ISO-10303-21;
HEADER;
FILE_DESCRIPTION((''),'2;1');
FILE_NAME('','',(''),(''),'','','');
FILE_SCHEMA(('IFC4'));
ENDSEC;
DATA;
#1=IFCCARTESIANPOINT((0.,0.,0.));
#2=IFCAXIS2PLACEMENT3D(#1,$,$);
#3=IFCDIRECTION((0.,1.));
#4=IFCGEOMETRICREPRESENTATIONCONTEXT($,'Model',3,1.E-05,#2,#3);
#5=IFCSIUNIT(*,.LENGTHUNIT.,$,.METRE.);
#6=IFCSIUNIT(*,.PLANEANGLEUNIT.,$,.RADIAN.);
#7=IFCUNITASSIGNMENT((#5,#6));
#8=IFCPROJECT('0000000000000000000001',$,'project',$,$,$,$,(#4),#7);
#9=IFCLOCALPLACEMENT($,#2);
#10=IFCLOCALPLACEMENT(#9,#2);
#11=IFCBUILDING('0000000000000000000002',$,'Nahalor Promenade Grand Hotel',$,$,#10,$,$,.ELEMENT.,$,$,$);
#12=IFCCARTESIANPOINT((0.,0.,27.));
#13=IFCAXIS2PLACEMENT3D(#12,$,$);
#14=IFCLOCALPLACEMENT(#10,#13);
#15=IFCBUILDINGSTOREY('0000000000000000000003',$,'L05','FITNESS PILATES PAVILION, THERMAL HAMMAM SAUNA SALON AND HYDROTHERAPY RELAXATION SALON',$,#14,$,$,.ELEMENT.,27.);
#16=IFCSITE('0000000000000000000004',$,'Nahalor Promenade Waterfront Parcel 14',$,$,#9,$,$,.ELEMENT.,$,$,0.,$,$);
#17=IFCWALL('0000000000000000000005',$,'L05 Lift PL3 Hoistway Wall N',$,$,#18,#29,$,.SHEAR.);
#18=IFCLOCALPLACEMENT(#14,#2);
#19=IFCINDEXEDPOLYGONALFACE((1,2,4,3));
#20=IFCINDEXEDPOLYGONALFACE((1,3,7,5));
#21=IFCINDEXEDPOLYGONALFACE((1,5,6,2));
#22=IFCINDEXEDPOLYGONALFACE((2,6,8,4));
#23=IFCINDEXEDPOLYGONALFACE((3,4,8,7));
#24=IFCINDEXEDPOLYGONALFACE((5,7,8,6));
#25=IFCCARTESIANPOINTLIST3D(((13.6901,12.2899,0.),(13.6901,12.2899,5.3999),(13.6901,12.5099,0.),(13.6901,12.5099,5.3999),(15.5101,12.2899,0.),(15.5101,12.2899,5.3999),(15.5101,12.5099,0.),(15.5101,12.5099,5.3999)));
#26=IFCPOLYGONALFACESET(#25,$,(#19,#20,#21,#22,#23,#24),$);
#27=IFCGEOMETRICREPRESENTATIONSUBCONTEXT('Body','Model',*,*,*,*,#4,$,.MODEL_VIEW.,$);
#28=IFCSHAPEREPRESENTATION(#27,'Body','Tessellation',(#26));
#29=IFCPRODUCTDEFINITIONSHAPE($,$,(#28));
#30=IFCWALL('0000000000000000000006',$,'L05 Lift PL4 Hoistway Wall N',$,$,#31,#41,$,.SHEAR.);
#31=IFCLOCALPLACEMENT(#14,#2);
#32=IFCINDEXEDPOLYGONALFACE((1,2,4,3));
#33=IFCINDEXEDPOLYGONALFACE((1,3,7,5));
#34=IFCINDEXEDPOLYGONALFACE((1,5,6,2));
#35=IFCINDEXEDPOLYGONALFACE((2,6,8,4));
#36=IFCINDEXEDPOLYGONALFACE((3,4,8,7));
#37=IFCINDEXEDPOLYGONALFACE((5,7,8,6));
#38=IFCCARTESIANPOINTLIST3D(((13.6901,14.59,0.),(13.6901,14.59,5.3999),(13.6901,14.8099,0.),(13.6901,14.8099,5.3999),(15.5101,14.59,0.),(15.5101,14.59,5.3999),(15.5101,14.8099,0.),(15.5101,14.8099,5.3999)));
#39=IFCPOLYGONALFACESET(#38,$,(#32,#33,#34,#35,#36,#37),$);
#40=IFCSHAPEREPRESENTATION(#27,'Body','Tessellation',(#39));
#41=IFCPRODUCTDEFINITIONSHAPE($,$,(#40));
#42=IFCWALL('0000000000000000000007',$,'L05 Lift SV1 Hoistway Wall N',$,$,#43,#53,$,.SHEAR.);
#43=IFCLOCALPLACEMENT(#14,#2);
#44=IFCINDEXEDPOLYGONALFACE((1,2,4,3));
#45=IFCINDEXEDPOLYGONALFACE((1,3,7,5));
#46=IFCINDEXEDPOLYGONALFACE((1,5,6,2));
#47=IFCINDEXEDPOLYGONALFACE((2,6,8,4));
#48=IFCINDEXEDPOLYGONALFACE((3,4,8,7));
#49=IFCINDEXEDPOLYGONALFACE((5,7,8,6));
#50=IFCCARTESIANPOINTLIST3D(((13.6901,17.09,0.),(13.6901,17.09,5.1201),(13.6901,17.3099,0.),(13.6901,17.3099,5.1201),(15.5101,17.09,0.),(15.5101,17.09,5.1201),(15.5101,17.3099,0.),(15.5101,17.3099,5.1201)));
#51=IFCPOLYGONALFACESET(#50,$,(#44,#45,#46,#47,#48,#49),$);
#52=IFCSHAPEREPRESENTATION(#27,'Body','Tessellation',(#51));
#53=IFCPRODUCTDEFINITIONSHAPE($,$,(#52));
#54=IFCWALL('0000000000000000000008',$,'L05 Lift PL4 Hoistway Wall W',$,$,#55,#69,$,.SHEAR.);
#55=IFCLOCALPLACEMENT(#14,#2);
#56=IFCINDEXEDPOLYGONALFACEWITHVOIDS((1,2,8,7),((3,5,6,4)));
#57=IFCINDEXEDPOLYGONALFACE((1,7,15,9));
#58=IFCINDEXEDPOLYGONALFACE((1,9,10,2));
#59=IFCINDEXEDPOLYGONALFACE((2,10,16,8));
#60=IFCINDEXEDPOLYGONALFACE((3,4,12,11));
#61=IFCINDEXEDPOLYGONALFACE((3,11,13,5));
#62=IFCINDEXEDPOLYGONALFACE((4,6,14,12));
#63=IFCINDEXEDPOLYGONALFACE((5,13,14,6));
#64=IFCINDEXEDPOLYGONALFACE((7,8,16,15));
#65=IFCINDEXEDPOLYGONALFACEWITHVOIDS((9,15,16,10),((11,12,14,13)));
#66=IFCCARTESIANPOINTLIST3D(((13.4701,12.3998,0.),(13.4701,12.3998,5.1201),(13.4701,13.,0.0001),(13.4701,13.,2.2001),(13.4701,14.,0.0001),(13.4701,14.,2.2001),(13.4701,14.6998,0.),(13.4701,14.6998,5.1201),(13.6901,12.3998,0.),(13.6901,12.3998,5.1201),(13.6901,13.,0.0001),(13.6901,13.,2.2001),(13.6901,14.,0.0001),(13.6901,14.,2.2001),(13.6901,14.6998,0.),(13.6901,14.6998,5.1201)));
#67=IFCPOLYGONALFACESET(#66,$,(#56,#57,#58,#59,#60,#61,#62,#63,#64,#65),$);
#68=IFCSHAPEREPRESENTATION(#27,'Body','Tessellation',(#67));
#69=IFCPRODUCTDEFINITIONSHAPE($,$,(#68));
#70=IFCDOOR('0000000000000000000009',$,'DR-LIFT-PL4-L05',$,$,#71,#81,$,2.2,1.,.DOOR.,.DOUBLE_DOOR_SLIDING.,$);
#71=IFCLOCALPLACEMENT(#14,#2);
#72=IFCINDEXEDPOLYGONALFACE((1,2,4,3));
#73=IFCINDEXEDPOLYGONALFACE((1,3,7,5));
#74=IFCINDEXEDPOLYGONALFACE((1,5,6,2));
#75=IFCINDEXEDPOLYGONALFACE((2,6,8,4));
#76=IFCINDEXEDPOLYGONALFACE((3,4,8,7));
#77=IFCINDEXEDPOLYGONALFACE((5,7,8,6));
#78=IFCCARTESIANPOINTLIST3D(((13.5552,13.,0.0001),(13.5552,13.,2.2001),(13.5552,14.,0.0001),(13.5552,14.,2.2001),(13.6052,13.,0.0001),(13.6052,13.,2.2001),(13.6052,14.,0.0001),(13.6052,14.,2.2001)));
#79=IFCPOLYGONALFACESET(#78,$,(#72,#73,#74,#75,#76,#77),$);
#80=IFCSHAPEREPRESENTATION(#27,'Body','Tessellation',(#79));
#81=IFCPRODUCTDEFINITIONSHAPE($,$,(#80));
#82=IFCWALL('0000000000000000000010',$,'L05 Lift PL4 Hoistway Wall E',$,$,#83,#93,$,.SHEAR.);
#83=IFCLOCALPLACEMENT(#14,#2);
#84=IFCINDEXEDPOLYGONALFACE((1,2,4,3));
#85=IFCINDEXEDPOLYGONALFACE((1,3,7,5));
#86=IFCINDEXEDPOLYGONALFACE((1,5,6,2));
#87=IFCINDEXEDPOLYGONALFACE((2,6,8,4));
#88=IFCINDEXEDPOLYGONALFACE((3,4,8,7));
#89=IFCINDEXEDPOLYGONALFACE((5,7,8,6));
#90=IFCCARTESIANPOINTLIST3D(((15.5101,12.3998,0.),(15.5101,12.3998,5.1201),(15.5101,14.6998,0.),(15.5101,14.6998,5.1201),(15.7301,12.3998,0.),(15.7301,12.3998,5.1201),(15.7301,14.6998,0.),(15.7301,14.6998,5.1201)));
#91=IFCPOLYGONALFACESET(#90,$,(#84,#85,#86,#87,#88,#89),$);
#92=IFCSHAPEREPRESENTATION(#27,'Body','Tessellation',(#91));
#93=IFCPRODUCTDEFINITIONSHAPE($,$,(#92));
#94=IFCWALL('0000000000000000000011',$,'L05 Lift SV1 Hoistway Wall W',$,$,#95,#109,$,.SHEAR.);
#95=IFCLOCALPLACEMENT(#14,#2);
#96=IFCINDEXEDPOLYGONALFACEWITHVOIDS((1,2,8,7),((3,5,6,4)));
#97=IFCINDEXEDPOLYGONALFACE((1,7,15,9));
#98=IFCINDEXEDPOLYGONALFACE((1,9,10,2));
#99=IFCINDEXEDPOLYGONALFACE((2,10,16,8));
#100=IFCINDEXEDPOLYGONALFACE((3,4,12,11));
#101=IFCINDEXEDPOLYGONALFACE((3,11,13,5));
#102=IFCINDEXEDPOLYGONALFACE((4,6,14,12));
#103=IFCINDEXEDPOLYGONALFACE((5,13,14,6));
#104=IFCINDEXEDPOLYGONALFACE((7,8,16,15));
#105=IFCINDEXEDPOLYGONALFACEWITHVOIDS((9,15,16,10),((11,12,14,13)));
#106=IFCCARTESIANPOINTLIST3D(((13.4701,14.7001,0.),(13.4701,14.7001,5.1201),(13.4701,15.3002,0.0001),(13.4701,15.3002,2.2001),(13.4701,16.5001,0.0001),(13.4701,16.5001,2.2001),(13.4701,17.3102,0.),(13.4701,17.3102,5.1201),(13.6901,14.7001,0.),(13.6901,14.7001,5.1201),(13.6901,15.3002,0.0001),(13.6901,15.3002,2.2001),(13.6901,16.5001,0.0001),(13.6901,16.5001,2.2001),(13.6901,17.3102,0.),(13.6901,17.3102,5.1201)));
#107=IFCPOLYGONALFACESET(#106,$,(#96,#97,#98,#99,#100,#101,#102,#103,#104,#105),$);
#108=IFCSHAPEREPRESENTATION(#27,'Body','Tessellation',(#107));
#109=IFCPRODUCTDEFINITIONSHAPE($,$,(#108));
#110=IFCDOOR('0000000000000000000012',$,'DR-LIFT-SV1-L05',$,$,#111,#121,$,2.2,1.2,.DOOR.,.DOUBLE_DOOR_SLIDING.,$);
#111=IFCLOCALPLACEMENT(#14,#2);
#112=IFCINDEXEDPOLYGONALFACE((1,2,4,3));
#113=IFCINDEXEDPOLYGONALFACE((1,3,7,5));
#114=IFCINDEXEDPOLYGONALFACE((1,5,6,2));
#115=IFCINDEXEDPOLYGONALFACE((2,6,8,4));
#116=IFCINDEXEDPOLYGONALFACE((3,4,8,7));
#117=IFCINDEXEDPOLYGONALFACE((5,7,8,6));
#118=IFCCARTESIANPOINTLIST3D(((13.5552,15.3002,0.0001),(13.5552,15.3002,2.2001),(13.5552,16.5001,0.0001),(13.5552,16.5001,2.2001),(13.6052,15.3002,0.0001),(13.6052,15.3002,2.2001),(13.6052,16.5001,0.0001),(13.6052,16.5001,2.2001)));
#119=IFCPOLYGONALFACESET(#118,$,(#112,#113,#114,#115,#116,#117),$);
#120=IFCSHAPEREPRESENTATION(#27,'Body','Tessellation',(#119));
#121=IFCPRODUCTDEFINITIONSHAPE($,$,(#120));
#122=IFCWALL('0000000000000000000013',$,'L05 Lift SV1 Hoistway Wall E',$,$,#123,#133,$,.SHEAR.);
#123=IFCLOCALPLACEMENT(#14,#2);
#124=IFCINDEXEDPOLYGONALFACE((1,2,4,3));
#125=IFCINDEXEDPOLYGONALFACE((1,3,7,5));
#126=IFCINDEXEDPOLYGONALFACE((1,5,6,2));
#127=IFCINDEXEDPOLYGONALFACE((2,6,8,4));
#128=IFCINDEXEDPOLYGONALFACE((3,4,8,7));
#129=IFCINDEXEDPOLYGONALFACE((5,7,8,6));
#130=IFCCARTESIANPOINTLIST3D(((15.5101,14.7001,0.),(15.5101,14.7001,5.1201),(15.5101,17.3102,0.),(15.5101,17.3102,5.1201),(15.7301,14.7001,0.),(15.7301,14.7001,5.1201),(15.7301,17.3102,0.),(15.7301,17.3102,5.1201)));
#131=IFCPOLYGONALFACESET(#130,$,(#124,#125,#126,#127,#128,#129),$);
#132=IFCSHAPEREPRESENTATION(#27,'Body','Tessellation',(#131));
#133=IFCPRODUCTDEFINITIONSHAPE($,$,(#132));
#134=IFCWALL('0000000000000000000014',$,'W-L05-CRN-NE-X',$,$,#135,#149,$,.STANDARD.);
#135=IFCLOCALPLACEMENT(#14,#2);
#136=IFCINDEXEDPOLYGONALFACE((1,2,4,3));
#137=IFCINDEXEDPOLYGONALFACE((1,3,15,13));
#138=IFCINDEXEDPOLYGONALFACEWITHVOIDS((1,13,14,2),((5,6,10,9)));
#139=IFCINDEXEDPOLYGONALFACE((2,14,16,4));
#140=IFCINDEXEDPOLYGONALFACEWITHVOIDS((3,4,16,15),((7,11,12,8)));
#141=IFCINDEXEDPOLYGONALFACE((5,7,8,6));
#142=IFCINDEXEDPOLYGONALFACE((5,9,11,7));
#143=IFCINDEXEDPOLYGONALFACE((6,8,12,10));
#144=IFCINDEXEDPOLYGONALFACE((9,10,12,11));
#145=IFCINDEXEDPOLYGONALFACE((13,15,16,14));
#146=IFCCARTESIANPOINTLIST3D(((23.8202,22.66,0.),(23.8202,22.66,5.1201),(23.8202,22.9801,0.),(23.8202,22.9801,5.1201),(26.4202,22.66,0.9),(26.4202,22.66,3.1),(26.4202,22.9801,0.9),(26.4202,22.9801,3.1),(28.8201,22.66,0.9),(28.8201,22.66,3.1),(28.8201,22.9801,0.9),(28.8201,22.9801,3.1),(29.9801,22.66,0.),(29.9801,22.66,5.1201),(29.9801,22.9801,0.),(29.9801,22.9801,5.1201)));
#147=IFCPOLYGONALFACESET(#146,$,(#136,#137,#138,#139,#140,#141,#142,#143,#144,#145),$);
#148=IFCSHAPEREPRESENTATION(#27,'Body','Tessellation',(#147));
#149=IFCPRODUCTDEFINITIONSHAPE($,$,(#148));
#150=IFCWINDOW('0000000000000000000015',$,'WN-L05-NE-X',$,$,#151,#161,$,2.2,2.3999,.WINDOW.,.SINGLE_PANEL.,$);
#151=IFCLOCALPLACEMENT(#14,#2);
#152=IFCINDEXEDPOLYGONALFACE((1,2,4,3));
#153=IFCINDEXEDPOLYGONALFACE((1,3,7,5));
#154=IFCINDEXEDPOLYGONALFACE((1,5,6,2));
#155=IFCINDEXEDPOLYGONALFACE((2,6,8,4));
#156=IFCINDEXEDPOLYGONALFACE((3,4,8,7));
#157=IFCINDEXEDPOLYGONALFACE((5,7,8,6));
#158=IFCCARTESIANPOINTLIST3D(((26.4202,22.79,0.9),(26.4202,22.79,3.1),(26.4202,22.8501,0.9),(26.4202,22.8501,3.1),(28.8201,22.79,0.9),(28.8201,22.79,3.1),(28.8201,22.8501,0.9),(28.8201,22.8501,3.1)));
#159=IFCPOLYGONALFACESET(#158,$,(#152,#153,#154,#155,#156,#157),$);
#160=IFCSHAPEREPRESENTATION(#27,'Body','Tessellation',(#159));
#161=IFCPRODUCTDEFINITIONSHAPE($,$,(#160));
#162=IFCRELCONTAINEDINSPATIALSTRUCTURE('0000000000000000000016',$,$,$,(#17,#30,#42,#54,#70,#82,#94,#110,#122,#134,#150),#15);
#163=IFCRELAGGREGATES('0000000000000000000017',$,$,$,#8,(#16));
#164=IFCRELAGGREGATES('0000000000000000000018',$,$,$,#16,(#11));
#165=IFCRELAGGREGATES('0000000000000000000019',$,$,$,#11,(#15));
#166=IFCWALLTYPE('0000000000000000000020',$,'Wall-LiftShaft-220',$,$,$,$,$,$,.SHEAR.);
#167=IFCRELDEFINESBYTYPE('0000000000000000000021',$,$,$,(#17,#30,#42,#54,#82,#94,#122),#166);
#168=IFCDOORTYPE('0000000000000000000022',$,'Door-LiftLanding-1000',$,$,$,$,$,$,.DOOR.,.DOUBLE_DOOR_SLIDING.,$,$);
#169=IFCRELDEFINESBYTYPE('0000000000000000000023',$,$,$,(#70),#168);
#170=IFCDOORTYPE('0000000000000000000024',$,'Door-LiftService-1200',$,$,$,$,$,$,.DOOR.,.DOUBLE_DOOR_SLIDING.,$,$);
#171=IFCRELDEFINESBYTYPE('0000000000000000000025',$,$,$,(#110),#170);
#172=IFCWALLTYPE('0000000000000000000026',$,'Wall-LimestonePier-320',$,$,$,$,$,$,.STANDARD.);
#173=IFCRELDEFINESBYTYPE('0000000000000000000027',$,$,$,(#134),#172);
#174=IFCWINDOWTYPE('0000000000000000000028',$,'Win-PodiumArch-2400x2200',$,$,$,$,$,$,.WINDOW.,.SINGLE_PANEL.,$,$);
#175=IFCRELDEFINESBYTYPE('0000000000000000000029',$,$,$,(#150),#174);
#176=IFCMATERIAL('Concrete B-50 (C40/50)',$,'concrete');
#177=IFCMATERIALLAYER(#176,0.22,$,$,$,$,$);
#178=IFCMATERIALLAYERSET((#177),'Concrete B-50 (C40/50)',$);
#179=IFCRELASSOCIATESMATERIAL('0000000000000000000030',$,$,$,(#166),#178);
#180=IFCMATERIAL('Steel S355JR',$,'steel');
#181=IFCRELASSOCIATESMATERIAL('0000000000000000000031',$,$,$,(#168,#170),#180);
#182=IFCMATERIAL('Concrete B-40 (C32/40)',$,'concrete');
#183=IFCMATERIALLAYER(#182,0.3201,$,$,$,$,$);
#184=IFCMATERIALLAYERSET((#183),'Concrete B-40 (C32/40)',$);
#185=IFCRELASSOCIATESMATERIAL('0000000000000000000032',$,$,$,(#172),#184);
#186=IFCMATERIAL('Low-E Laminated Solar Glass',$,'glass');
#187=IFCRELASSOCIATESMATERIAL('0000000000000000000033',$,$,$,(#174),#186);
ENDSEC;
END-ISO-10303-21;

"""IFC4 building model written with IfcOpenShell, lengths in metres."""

from ifc_helpers import new_model, si_unit, direction, frame, frame_2d, origin, place, context, subcontext, project, spatial, rectangle, extrude, source, transform, mapped, material, layer, layer_set, type_object, element, fill, save


model = new_model("IFC4")

# Units and contexts
model_context = context("Model", 3, precision=1e-05, world=origin(), true_north=direction((0.0, 1.0)))
body_context = subcontext(model_context, "Body", "Model", "MODEL_VIEW")
ifc_project = project(units=[si_unit("LENGTHUNIT", "METRE"), si_unit("PLANEANGLEUNIT", "RADIAN")], contexts=[model_context])

# Site, building, storey
site_placement = place(None, origin())
site = spatial("IfcSite", under=ifc_project, at=site_placement, Name="Nahalor Promenade Waterfront Parcel 14", CompositionType="ELEMENT", RefElevation=0.0)
building_placement = place(site_placement, origin())
building = spatial("IfcBuilding", under=site, at=building_placement, Name="Nahalor Promenade Grand Hotel", CompositionType="ELEMENT")
storey_placement = place(building_placement, frame((0.0, 0.0, 27.0)))
storey = spatial("IfcBuildingStorey", under=building, at=storey_placement, Name="L05", Description="FITNESS PILATES PAVILION, THERMAL HAMMAM SAUNA SALON AND HYDROTHERAPY RELAXATION SALON", CompositionType="ELEMENT", Elevation=27.0)

# Shared definitions
ifc_material_1 = material(Name="Steel S355JR", Category="steel")

# Shared definitions
ifc_material_2 = material(Name="Low-E Laminated Solar Glass", Category="glass")

# Walls
ifc_material_3 = material(Name="Concrete B-50 (C40/50)", Category="concrete")
ifc_layer_1 = layer(ifc_material_3, 0.22)
ifc_layer_set_1 = layer_set([ifc_layer_1], Name="Concrete B-50 (C40/50)")
wall_type_1 = type_object("IfcWallType", Name="Wall-LiftShaft-220", PredefinedType="SHEAR", material=ifc_layer_set_1)
shared_shape_1 = source(origin(), body_context, "Body", "SweptSolid", [
    extrude(rectangle(XDim=1.8201, YDim=0.22, at=frame_2d((0.9102, 0.0))), origin(), (0.0, 0.0, 1.0), 5.3999),
])
for number, where, z_axis, x_axis, name in (
    (1, (13.6899, 12.3999, 0.0), (0.0, 0.0, 1.0), (1.0, 0.0, 0.0), "L05 Lift PL3 Hoistway Wall N"),
    (2, (13.6899, 14.7, 0.0), (0.0, 0.0, 1.0), (1.0, 0.0, 0.0), "L05 Lift PL4 Hoistway Wall N"),
):
    element("IfcWall", number, at=place(storey_placement, frame(where, z_axis=z_axis, x_axis=x_axis)), inside=storey, type_object=wall_type_1, Name=name, PredefinedType="SHEAR", context=body_context, shape_type="MappedRepresentation", body=[
        mapped(shared_shape_1, transform((0.0, 0.0, 0.0), scale=1.0)),
    ])
shared_shape_2 = source(origin(), body_context, "Body", "SweptSolid", [
    extrude(rectangle(XDim=1.8201, YDim=0.22, at=frame_2d((0.9102, 0.0))), origin(), (0.0, 0.0, 1.0), 5.1201),
])
wall_1_placement = place(storey_placement, frame((13.6899, 17.2, 0.0), z_axis=(0.0, 0.0, 1.0), x_axis=(1.0, 0.0, 0.0)))
element("IfcWall", 3, at=wall_1_placement, inside=storey, type_object=wall_type_1, Name="L05 Lift SV1 Hoistway Wall N", PredefinedType="SHEAR", context=body_context, shape_type="MappedRepresentation", body=[
    mapped(shared_shape_2, transform((0.0, 0.0, 0.0), scale=1.0)),
])

# Wall, opening, door
shared_shape_3 = source(origin(), body_context, "Body", "SweptSolid", [
    extrude(rectangle(XDim=2.3, YDim=0.22, at=frame_2d((1.1499, 0.0))), origin(), (0.0, 0.0, 1.0), 5.1201),
])
wall_2_placement = place(storey_placement, frame((13.5801, 12.3999, 0.0), z_axis=(0.0, 0.0, 1.0), x_axis=(0.0, 1.0, 0.0)))
wall_2 = element("IfcWall", 4, at=wall_2_placement, inside=storey, type_object=wall_type_1, Name="L05 Lift PL4 Hoistway Wall W", PredefinedType="SHEAR", context=body_context, shape_type="MappedRepresentation", body=[
    mapped(shared_shape_3, transform((0.0, 0.0, 0.0), scale=1.0)),
])
opening_1_placement = place(wall_2_placement, frame((0.6001, 0.0, 0.0)))
opening_1 = element("IfcOpeningElement", 5, at=opening_1_placement, cuts=wall_2, PredefinedType="OPENING", context=body_context, shape_type="SweptSolid", body=[
    extrude(rectangle(XDim=1.0, YDim=2.2, at=frame_2d((0.5, 1.1001))), frame((0.0, 0.1199, 0.0), z_axis=(0.0, -1.0, 0.0), x_axis=(1.0, 0.0, 0.0)), (0.0, 0.0, 1.0), 0.24),
])
door_type_1 = type_object("IfcDoorType", Name="Door-LiftLanding-1000", OperationType="DOUBLE_DOOR_SLIDING", PredefinedType="DOOR", material=ifc_material_1)
shared_shape_4 = source(origin(), body_context, "Body", "SweptSolid", [
    extrude(rectangle(XDim=1.0, YDim=2.2, at=frame_2d((0.5, 1.1001))), frame((0.0, 0.0249, 0.0), z_axis=(0.0, -1.0, 0.0), x_axis=(1.0, 0.0, 0.0)), (0.0, 0.0, 1.0), 0.05),
])
door_1_placement = place(opening_1_placement, origin())
door_1 = element("IfcDoor", 6, at=door_1_placement, inside=storey, type_object=door_type_1, Name="DR-LIFT-PL4-L05", OperationType="DOUBLE_DOOR_SLIDING", OverallHeight=2.2, OverallWidth=1.0, PredefinedType="DOOR", context=body_context, shape_type="MappedRepresentation", body=[
    mapped(shared_shape_4, transform((0.0, 0.0, 0.0), scale=1.0)),
])
fill(opening_1, door_1)

# Wall
wall_3_placement = place(storey_placement, frame((15.6201, 12.3999, 0.0), z_axis=(0.0, 0.0, 1.0), x_axis=(0.0, 1.0, 0.0)))
element("IfcWall", 7, at=wall_3_placement, inside=storey, type_object=wall_type_1, Name="L05 Lift PL4 Hoistway Wall E", PredefinedType="SHEAR", context=body_context, shape_type="MappedRepresentation", body=[
    mapped(shared_shape_3, transform((0.0, 0.0, 0.0), scale=1.0)),
])

# Wall, opening, door
shared_shape_5 = source(origin(), body_context, "Body", "SweptSolid", [
    extrude(rectangle(XDim=2.6101, YDim=0.22, at=frame_2d((1.3052, 0.0))), origin(), (0.0, 0.0, 1.0), 5.1201),
])
wall_4_placement = place(storey_placement, frame((13.5801, 14.7, 0.0), z_axis=(0.0, 0.0, 1.0), x_axis=(0.0, 1.0, 0.0)))
wall_4 = element("IfcWall", 8, at=wall_4_placement, inside=storey, type_object=wall_type_1, Name="L05 Lift SV1 Hoistway Wall W", PredefinedType="SHEAR", context=body_context, shape_type="MappedRepresentation", body=[
    mapped(shared_shape_5, transform((0.0, 0.0, 0.0), scale=1.0)),
])
opening_2_placement = place(wall_4_placement, frame((0.6001, 0.0, 0.0)))
opening_2 = element("IfcOpeningElement", 9, at=opening_2_placement, cuts=wall_4, PredefinedType="OPENING", context=body_context, shape_type="SweptSolid", body=[
    extrude(rectangle(XDim=1.2, YDim=2.2, at=frame_2d((0.6001, 1.1001))), frame((0.0, 0.1199, 0.0), z_axis=(0.0, -1.0, 0.0), x_axis=(1.0, 0.0, 0.0)), (0.0, 0.0, 1.0), 0.24),
])
door_type_2 = type_object("IfcDoorType", Name="Door-LiftService-1200", OperationType="DOUBLE_DOOR_SLIDING", PredefinedType="DOOR", material=ifc_material_1)
shared_shape_6 = source(origin(), body_context, "Body", "SweptSolid", [
    extrude(rectangle(XDim=1.2, YDim=2.2, at=frame_2d((0.6001, 1.1001))), frame((0.0, 0.0249, 0.0), z_axis=(0.0, -1.0, 0.0), x_axis=(1.0, 0.0, 0.0)), (0.0, 0.0, 1.0), 0.05),
])
door_2_placement = place(opening_2_placement, origin())
door_2 = element("IfcDoor", 10, at=door_2_placement, inside=storey, type_object=door_type_2, Name="DR-LIFT-SV1-L05", OperationType="DOUBLE_DOOR_SLIDING", OverallHeight=2.2, OverallWidth=1.2, PredefinedType="DOOR", context=body_context, shape_type="MappedRepresentation", body=[
    mapped(shared_shape_6, transform((0.0, 0.0, 0.0), scale=1.0)),
])
fill(opening_2, door_2)

# Wall
wall_5_placement = place(storey_placement, frame((15.6201, 14.7, 0.0), z_axis=(0.0, 0.0, 1.0), x_axis=(0.0, 1.0, 0.0)))
element("IfcWall", 11, at=wall_5_placement, inside=storey, type_object=wall_type_1, Name="L05 Lift SV1 Hoistway Wall E", PredefinedType="SHEAR", context=body_context, shape_type="MappedRepresentation", body=[
    mapped(shared_shape_5, transform((0.0, 0.0, 0.0), scale=1.0)),
])

# Wall, opening, window
ifc_material_4 = material(Name="Concrete B-40 (C32/40)", Category="concrete")
ifc_layer_2 = layer(ifc_material_4, 0.3201)
ifc_layer_set_2 = layer_set([ifc_layer_2], Name="Concrete B-40 (C32/40)")
wall_type_2 = type_object("IfcWallType", Name="Wall-LimestonePier-320", PredefinedType="STANDARD", material=ifc_layer_set_2)
shared_shape_7 = source(origin(), body_context, "Body", "SweptSolid", [
    extrude(rectangle(XDim=6.1599, YDim=0.3201, at=frame_2d((3.0801, 0.0))), origin(), (0.0, 0.0, 1.0), 5.1201),
])
wall_6_placement = place(storey_placement, frame((23.8201, 22.8201, 0.0), z_axis=(0.0, 0.0, 1.0), x_axis=(1.0, 0.0, 0.0)))
wall_6 = element("IfcWall", 12, at=wall_6_placement, inside=storey, type_object=wall_type_2, Name="W-L05-CRN-NE-X", PredefinedType="STANDARD", context=body_context, shape_type="MappedRepresentation", body=[
    mapped(shared_shape_7, transform((0.0, 0.0, 0.0), scale=1.0)),
])
opening_3_placement = place(wall_6_placement, frame((2.6001, 0.0, 0.8999)))
opening_3 = element("IfcOpeningElement", 13, at=opening_3_placement, cuts=wall_6, PredefinedType="OPENING", context=body_context, shape_type="SweptSolid", body=[
    extrude(rectangle(XDim=2.3999, YDim=2.2, at=frame_2d((1.2, 1.1001))), frame((0.0, 0.1699, 0.0), z_axis=(0.0, -1.0, 0.0), x_axis=(1.0, 0.0, 0.0)), (0.0, 0.0, 1.0), 0.3401),
])
window_type = type_object("IfcWindowType", Name="Win-PodiumArch-2400x2200", PartitioningType="SINGLE_PANEL", PredefinedType="WINDOW", material=ifc_material_2)
shared_shape_8 = source(origin(), body_context, "Body", "SweptSolid", [
    extrude(rectangle(XDim=2.3999, YDim=2.2, at=frame_2d((1.2, 1.1001))), frame((0.0, 0.03, 0.0), z_axis=(0.0, -1.0, 0.0), x_axis=(1.0, 0.0, 0.0)), (0.0, 0.0, 1.0), 0.0601),
])
window_placement = place(opening_3_placement, origin())
window = element("IfcWindow", 14, at=window_placement, inside=storey, type_object=window_type, Name="WN-L05-NE-X", OverallHeight=2.2, OverallWidth=2.3999, PartitioningType="SINGLE_PANEL", PredefinedType="WINDOW", context=body_context, shape_type="MappedRepresentation", body=[
    mapped(shared_shape_8, transform((0.0, 0.0, 0.0), scale=1.0)),
])
fill(opening_3, window)

save(model, "model.ifc")
